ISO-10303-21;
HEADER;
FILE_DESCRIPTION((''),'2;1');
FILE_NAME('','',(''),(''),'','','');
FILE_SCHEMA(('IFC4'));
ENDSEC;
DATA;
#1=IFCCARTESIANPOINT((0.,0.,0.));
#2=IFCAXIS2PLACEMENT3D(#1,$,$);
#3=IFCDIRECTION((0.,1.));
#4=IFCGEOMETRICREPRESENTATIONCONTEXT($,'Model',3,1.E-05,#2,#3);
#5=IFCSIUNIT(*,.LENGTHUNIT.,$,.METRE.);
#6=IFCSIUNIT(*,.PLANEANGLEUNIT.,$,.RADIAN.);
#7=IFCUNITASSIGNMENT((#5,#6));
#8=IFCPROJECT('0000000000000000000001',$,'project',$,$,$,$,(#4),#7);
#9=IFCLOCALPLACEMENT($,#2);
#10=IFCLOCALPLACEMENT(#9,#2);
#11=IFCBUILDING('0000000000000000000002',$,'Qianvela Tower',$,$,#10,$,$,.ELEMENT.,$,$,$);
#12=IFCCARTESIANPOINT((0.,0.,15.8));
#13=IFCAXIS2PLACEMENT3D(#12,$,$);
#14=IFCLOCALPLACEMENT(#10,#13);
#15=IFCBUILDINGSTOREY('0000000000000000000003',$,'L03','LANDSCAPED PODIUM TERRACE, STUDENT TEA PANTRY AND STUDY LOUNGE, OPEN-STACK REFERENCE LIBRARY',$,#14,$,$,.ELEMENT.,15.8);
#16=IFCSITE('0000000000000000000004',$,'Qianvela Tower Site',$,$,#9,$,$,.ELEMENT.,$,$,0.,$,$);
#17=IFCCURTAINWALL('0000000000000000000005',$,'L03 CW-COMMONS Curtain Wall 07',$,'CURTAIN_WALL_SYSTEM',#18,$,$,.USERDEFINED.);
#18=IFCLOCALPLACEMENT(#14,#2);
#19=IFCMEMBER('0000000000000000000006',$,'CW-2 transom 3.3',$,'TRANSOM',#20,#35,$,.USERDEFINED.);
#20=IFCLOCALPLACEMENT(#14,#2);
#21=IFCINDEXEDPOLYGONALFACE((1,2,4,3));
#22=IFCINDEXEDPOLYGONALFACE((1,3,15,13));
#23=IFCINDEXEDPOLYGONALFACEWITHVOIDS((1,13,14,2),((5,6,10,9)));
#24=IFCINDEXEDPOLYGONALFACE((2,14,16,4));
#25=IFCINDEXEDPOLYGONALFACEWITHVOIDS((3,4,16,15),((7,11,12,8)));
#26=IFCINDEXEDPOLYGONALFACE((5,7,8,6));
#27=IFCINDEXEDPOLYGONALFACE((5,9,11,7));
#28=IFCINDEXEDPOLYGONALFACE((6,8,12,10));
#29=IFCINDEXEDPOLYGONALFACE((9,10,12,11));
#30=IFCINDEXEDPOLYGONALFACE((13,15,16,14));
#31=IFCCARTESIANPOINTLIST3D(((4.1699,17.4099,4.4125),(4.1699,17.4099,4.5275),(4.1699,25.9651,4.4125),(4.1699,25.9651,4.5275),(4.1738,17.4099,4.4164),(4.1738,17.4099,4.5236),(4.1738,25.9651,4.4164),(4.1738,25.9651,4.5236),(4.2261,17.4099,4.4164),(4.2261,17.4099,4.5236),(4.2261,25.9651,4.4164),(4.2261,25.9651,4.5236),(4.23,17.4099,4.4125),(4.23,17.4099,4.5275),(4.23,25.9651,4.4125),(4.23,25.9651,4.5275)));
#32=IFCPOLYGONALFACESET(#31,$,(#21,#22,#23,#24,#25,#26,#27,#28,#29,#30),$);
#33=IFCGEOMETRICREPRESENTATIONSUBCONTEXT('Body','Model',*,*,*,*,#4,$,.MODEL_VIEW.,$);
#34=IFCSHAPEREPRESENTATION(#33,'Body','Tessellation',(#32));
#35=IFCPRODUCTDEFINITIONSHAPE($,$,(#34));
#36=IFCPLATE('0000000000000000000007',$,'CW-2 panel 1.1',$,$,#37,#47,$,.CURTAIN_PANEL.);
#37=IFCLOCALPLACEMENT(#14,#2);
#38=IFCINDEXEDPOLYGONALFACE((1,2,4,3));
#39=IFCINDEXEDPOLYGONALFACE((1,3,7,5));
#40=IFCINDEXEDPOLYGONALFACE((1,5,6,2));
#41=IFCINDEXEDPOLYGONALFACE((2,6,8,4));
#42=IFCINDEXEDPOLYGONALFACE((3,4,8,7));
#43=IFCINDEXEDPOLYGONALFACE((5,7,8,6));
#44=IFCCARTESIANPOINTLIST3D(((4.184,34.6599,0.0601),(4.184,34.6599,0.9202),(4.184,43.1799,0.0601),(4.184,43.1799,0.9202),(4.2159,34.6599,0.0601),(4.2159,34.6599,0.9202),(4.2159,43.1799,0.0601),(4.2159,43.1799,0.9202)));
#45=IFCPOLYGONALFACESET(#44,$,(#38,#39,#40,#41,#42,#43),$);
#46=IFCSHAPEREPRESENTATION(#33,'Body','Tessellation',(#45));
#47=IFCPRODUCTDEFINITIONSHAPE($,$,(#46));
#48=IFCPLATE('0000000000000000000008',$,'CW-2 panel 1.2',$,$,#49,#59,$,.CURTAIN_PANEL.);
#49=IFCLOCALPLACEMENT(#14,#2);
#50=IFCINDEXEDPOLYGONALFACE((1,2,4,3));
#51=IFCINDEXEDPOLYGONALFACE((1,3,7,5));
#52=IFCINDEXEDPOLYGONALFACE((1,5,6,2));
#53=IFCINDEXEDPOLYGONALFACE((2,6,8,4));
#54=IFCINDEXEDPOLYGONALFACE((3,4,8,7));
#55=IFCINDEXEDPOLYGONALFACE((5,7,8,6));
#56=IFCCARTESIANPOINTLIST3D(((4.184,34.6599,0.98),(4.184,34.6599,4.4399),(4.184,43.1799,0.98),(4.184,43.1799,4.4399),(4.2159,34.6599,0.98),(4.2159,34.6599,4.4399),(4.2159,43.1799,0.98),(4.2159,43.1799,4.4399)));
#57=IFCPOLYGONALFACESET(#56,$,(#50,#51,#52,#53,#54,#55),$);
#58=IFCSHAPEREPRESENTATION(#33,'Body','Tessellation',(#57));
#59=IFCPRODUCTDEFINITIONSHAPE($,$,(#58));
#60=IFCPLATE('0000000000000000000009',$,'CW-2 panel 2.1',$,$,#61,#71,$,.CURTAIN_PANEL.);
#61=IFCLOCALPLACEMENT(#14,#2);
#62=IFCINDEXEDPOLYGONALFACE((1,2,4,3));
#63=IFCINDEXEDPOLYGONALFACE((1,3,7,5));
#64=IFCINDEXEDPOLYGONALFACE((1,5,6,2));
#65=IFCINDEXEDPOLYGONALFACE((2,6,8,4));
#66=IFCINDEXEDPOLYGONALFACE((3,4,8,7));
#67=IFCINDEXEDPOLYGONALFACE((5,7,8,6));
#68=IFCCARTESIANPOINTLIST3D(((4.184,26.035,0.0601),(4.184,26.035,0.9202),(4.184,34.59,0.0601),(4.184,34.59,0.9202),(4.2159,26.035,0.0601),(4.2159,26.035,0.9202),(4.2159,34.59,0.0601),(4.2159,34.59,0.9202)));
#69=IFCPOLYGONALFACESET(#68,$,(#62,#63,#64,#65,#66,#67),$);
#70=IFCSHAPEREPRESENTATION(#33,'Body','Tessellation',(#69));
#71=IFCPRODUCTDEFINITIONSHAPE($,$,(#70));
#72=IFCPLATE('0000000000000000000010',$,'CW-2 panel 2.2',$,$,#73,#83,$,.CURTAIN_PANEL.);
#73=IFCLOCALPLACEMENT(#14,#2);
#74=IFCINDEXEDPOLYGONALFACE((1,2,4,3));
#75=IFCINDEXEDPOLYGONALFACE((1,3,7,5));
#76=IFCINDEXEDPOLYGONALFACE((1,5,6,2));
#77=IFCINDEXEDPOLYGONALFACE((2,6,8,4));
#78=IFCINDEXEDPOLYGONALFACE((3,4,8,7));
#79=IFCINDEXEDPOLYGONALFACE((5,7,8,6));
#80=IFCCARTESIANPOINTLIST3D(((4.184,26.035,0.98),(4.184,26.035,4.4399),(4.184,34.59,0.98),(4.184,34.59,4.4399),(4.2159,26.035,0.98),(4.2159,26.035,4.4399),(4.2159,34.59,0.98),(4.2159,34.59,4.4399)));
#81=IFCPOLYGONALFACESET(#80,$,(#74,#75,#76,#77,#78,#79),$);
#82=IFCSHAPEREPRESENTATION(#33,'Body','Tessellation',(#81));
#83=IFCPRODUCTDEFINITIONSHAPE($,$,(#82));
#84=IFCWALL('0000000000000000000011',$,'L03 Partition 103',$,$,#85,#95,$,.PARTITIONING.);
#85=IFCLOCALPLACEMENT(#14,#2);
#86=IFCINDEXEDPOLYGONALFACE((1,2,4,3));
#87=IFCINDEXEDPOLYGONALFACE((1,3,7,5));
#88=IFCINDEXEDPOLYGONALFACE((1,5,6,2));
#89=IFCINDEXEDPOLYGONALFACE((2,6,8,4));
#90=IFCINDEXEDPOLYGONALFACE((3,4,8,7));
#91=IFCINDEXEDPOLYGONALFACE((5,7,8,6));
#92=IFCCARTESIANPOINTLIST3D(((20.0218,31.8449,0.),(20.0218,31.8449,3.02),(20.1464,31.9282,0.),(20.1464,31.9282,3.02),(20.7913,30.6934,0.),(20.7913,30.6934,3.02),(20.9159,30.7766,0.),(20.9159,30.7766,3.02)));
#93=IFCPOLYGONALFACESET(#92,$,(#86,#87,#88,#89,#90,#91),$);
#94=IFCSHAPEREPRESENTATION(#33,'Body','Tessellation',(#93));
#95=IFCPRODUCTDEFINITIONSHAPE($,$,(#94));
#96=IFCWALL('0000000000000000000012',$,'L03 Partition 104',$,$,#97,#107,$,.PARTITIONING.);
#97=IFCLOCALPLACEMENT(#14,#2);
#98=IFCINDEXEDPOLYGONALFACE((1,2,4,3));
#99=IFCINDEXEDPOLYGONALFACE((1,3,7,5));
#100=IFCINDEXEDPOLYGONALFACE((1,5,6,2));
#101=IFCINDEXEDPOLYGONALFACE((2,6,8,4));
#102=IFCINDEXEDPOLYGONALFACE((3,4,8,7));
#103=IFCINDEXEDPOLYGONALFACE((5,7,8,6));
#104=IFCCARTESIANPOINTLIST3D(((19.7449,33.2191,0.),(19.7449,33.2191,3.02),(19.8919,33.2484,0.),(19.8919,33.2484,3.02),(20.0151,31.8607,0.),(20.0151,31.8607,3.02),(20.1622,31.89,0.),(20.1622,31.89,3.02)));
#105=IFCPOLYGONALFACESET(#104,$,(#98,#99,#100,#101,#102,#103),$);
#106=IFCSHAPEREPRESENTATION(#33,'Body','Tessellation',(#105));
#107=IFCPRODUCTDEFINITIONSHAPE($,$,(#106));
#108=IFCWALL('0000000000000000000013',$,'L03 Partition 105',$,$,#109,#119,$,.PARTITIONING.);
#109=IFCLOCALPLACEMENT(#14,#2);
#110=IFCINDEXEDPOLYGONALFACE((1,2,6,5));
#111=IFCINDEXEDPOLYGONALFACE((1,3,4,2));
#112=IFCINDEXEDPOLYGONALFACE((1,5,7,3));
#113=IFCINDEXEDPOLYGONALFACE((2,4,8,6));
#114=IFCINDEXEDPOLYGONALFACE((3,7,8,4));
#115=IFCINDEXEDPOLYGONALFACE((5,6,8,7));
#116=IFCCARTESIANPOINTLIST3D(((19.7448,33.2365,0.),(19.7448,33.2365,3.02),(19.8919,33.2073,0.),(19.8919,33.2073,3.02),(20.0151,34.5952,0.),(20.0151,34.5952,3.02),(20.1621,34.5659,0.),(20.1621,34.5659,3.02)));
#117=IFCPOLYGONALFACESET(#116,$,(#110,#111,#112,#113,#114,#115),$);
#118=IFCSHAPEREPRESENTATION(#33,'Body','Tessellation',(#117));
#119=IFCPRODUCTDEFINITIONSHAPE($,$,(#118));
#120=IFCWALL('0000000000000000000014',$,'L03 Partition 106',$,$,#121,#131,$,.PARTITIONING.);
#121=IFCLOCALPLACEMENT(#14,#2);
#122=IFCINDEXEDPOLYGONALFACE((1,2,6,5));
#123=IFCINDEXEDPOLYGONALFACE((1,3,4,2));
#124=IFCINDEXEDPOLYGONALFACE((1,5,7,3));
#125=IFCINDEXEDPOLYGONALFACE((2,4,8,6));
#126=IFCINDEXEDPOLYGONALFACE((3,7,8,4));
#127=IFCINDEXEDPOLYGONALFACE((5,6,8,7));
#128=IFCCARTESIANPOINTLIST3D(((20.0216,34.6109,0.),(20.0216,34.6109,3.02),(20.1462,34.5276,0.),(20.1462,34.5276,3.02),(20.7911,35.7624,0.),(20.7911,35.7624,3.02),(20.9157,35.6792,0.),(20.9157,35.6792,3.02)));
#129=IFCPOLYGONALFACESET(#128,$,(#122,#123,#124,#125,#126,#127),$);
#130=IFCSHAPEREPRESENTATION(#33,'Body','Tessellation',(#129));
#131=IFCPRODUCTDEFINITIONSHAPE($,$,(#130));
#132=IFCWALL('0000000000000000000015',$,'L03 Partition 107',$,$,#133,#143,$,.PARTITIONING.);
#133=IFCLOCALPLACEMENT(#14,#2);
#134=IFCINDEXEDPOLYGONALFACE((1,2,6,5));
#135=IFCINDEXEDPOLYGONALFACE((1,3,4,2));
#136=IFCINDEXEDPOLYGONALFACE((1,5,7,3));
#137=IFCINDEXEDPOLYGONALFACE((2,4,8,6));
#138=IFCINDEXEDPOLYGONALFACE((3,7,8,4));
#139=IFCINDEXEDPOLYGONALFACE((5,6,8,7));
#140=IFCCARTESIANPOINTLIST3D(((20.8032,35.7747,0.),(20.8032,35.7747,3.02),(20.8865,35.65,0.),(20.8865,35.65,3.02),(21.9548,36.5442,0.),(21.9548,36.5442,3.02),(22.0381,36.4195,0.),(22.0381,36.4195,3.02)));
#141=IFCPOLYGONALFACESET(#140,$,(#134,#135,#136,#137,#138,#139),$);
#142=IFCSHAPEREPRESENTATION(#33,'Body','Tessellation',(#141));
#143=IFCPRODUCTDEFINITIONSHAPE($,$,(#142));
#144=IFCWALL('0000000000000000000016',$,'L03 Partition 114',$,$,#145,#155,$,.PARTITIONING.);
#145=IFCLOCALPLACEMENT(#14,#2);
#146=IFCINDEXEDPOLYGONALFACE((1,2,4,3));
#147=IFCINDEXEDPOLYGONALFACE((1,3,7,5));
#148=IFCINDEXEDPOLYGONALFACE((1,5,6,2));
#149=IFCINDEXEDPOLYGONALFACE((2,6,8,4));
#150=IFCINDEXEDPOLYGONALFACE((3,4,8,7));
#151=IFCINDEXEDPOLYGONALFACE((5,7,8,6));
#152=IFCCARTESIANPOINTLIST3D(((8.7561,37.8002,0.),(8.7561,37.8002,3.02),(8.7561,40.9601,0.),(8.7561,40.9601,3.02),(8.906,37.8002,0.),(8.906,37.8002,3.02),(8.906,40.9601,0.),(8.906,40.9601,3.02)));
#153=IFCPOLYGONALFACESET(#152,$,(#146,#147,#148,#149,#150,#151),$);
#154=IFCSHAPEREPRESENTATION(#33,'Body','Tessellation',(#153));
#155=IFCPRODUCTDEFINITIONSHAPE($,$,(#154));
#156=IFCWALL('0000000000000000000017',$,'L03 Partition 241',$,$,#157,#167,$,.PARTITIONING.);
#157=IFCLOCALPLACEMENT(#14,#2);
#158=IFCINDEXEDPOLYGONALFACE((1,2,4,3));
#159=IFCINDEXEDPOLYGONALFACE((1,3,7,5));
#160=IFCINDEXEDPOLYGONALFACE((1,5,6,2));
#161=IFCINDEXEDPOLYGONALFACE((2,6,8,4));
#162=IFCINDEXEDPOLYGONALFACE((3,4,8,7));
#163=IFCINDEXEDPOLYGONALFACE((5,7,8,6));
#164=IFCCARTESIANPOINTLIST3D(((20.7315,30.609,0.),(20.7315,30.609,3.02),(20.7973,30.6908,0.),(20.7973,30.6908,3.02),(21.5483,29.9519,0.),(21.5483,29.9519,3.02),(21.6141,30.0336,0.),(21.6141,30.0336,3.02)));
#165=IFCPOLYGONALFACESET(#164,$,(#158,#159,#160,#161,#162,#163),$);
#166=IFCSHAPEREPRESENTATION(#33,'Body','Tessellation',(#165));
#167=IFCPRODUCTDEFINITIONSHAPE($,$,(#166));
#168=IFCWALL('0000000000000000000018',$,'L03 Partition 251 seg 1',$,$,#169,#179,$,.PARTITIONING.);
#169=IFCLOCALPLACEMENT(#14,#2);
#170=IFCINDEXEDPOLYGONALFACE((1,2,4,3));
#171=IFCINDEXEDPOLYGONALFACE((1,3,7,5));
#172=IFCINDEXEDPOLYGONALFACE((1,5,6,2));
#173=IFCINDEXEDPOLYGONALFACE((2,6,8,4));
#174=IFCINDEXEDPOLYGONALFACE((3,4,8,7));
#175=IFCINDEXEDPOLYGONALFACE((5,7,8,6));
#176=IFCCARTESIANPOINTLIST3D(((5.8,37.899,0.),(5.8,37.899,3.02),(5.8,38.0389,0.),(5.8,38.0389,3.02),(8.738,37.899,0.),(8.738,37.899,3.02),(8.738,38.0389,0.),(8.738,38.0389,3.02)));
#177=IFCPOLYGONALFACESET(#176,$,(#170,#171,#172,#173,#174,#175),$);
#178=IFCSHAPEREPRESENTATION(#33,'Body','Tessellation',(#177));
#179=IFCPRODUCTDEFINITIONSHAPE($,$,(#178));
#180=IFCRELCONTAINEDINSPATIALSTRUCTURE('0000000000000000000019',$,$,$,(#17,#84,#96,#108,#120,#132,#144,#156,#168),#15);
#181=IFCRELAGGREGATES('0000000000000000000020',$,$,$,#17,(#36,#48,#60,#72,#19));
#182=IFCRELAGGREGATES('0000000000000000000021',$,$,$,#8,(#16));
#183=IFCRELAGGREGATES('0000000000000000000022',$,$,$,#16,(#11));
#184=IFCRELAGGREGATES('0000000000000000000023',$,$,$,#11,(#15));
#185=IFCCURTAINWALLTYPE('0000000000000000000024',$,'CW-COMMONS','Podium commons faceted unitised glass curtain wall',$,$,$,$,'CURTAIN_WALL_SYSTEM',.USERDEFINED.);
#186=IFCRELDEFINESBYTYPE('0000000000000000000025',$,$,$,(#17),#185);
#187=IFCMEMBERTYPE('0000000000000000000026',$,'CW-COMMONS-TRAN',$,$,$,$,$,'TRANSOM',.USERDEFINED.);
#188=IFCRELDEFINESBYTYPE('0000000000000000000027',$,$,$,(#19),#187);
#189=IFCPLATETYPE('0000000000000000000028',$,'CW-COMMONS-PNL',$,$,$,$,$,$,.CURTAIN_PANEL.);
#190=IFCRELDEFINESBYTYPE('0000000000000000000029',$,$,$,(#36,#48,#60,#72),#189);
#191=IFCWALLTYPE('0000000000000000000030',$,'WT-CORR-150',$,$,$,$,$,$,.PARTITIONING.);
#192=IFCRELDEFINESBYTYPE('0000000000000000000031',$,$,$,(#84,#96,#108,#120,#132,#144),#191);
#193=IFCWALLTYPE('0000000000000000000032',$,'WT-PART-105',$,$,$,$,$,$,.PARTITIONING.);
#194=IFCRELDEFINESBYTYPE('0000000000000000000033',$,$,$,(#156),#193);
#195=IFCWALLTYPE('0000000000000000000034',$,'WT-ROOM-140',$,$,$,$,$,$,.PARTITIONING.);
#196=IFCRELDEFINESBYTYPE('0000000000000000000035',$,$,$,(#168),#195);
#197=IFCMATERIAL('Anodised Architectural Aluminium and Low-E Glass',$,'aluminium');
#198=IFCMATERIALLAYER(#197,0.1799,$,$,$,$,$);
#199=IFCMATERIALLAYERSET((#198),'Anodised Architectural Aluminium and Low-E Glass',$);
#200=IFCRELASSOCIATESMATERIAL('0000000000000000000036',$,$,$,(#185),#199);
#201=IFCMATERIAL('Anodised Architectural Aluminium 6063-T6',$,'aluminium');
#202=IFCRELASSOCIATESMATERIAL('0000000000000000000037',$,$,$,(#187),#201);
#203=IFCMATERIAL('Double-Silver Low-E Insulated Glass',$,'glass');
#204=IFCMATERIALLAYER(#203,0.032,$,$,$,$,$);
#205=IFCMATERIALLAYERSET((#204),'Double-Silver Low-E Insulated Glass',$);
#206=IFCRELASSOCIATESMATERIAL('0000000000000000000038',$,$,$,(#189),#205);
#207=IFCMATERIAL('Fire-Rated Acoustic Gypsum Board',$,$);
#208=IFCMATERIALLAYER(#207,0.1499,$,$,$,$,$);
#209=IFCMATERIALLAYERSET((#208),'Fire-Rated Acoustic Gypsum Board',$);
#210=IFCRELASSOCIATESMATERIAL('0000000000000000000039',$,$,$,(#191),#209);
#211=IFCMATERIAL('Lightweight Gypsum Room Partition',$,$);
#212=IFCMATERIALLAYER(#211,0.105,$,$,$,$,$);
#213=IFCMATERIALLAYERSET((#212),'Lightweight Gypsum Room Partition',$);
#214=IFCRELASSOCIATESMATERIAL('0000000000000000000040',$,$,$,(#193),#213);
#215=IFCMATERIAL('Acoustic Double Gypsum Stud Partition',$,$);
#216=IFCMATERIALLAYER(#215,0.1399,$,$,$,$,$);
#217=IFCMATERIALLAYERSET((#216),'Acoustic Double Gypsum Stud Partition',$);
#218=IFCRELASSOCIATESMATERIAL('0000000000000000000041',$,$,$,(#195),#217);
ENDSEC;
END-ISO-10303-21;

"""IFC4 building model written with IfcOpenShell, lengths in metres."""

from ifc_helpers import new_model, si_unit, direction, frame, frame_2d, origin, origin_2d, place, context, subcontext, project, spatial, rectangle, hollow_rectangle, extrude, material, layer, layer_set, material_profile, profile_set, type_object, element, aggregate, save


model = new_model("IFC4")

# Units and contexts
model_context = context("Model", 3, precision=1e-05, world=origin(), true_north=direction((0.0, 1.0)))
body_context = subcontext(model_context, "Body", "Model", "MODEL_VIEW")
ifc_project = project(units=[si_unit("LENGTHUNIT", "METRE"), si_unit("PLANEANGLEUNIT", "RADIAN")], contexts=[model_context])

# Site, building, storey
site_placement = place(None, origin())
site = spatial("IfcSite", under=ifc_project, at=site_placement, Name="Qianvela Tower Site", CompositionType="ELEMENT", RefElevation=0.0)
building_placement = place(site_placement, origin())
building = spatial("IfcBuilding", under=site, at=building_placement, Name="Qianvela Tower", CompositionType="ELEMENT")
storey_placement = place(building_placement, frame((0.0, 0.0, 15.8)))
storey = spatial("IfcBuildingStorey", under=building, at=storey_placement, Name="L03", Description="LANDSCAPED PODIUM TERRACE, STUDENT TEA PANTRY AND STUDY LOUNGE, OPEN-STACK REFERENCE LIBRARY", CompositionType="ELEMENT", Elevation=15.8)

# Curtain wall, member, plates
ifc_material_1 = material(Name="Anodised Architectural Aluminium and Low-E Glass", Category="aluminium")
ifc_layer_1 = layer(ifc_material_1, 0.1799)
ifc_layer_set_1 = layer_set([ifc_layer_1], Name="Anodised Architectural Aluminium and Low-E Glass")
curtain_wall_type = type_object("IfcCurtainWallType", Name="CW-COMMONS", Description="Podium commons faceted unitised glass curtain wall", ElementType="CURTAIN_WALL_SYSTEM", PredefinedType="USERDEFINED", material=ifc_layer_set_1)
curtain_wall_placement = place(storey_placement, origin())
curtain_wall = element("IfcCurtainWall", 1, at=curtain_wall_placement, inside=storey, type_object=curtain_wall_type, Name="L03 CW-COMMONS Curtain Wall 07", ObjectType="CURTAIN_WALL_SYSTEM", PredefinedType="USERDEFINED")
ifc_material_2 = material(Name="Anodised Architectural Aluminium 6063-T6", Category="aluminium")
ifc_material_profile_1 = material_profile(ifc_material_2, hollow_rectangle(XDim=0.0601, YDim=0.115, WallThickness=0.0039, at=origin_2d()), Name="ALU-TRAN-60x115")
ifc_profile_set_1 = profile_set([ifc_material_profile_1], Name="Anodised Architectural Aluminium 6063-T6")
member_type_1 = type_object("IfcMemberType", Name="CW-COMMONS-TRAN", ElementType="TRANSOM", PredefinedType="USERDEFINED", material=ifc_profile_set_1)
member_1_placement = place(storey_placement, frame((4.2, 25.9651, 4.47), z_axis=(0.0, -1.0, 0.0), x_axis=(1.0, 0.0, 0.0)))
member_1 = element("IfcMember", 2, at=member_1_placement, type_object=member_type_1, Name="CW-2 transom 3.3", ObjectType="TRANSOM", PredefinedType="USERDEFINED", context=body_context, shape_type="SweptSolid", body=[
    extrude(hollow_rectangle(XDim=0.0601, YDim=0.115, WallThickness=0.0039, at=origin_2d()), origin(), (0.0, 0.0, 1.0), 8.5552),
])
ifc_material_3 = material(Name="Double-Silver Low-E Insulated Glass", Category="glass")
ifc_layer_2 = layer(ifc_material_3, 0.032)
ifc_layer_set_2 = layer_set([ifc_layer_2], Name="Double-Silver Low-E Insulated Glass")
plate_type = type_object("IfcPlateType", Name="CW-COMMONS-PNL", PredefinedType="CURTAIN_PANEL", material=ifc_layer_set_2)
plate_1_placement = place(storey_placement, frame((4.2, 38.9199, 0.0601), z_axis=(0.0, 0.0, 1.0), x_axis=(0.0, -1.0, 0.0)))
plate_1 = element("IfcPlate", 3, at=plate_1_placement, type_object=plate_type, Name="CW-2 panel 1.1", PredefinedType="CURTAIN_PANEL", context=body_context, shape_type="SweptSolid", body=[
    extrude(rectangle(XDim=8.52, YDim=0.032, at=origin_2d()), origin(), (0.0, 0.0, 1.0), 0.8601),
])
plate_2_placement = place(storey_placement, frame((4.2, 38.9199, 0.98), z_axis=(0.0, 0.0, 1.0), x_axis=(0.0, -1.0, 0.0)))
plate_2 = element("IfcPlate", 4, at=plate_2_placement, type_object=plate_type, Name="CW-2 panel 1.2", PredefinedType="CURTAIN_PANEL", context=body_context, shape_type="SweptSolid", body=[
    extrude(rectangle(XDim=8.52, YDim=0.032, at=origin_2d()), origin(), (0.0, 0.0, 1.0), 3.46),
])
plate_3_placement = place(storey_placement, frame((4.2, 30.3125, 0.0601), z_axis=(0.0, 0.0, 1.0), x_axis=(0.0, -1.0, 0.0)))
plate_3 = element("IfcPlate", 5, at=plate_3_placement, type_object=plate_type, Name="CW-2 panel 2.1", PredefinedType="CURTAIN_PANEL", context=body_context, shape_type="SweptSolid", body=[
    extrude(rectangle(XDim=8.5549, YDim=0.032, at=origin_2d()), origin(), (0.0, 0.0, 1.0), 0.8601),
])
plate_4_placement = place(storey_placement, frame((4.2, 30.3125, 0.98), z_axis=(0.0, 0.0, 1.0), x_axis=(0.0, -1.0, 0.0)))
plate_4 = element("IfcPlate", 6, at=plate_4_placement, type_object=plate_type, Name="CW-2 panel 2.2", PredefinedType="CURTAIN_PANEL", context=body_context, shape_type="SweptSolid", body=[
    extrude(rectangle(XDim=8.5549, YDim=0.032, at=origin_2d()), origin(), (0.0, 0.0, 1.0), 3.46),
])
aggregate(curtain_wall, [plate_1, plate_2, plate_3, plate_4, member_1])

# Walls
ifc_material_4 = material(Name="Fire-Rated Acoustic Gypsum Board")
ifc_layer_3 = layer(ifc_material_4, 0.1499)
ifc_layer_set_3 = layer_set([ifc_layer_3], Name="Fire-Rated Acoustic Gypsum Board")
wall_type_1 = type_object("IfcWallType", Name="WT-CORR-150", PredefinedType="PARTITIONING", material=ifc_layer_set_3)
for number, where, z_axis, x_axis, name in (
    (7, (20.8535, 30.7351, 0.0), (0.0, 0.0, 1.0), (-0.555595, 0.831453, 0.0), "L03 Partition 103"),
    (8, (20.0886, 31.8755, 0.0), (0.0, 0.0, 1.0), (-0.195133, 0.980777, 0.0), "L03 Partition 104"),
):
    element("IfcWall", number, at=place(storey_placement, frame(where, z_axis=z_axis, x_axis=x_axis)), inside=storey, type_object=wall_type_1, Name=name, PredefinedType="PARTITIONING", context=body_context, shape_type="SweptSolid", body=[
        extrude(rectangle(XDim=1.385, YDim=0.1499, at=frame_2d((0.6924, 0.0))), origin(), (0.0, 0.0, 1.0), 3.02),
    ])
wall_1_placement = place(storey_placement, frame((19.8184, 33.2219, 0.0), z_axis=(0.0, 0.0, 1.0), x_axis=(0.195099, 0.980784, 0.0)))
element("IfcWall", 9, at=wall_1_placement, inside=storey, type_object=wall_type_1, Name="L03 Partition 105", PredefinedType="PARTITIONING", context=body_context, shape_type="SweptSolid", body=[
    extrude(rectangle(XDim=1.3853, YDim=0.1499, at=frame_2d((0.6926, 0.0))), origin(), (0.0, 0.0, 1.0), 3.02),
])
for number, where, z_axis, x_axis, name in (
    (10, (20.084, 34.5693, 0.0), (0.0, 0.0, 1.0), (0.555595, 0.831453, 0.0), "L03 Partition 106"),
    (11, (20.845, 35.7124, 0.0), (0.0, 0.0, 1.0), (0.831453, 0.555595, 0.0), "L03 Partition 107"),
):
    element("IfcWall", number, at=place(storey_placement, frame(where, z_axis=z_axis, x_axis=x_axis)), inside=storey, type_object=wall_type_1, Name=name, PredefinedType="PARTITIONING", context=body_context, shape_type="SweptSolid", body=[
        extrude(rectangle(XDim=1.385, YDim=0.1499, at=frame_2d((0.6924, 0.0))), origin(), (0.0, 0.0, 1.0), 3.02),
    ])
wall_2_placement = place(storey_placement, frame((8.8311, 37.8, 0.0), z_axis=(0.0, 0.0, 1.0), x_axis=(0.0, 1.0, 0.0)))
element("IfcWall", 12, at=wall_2_placement, inside=storey, type_object=wall_type_1, Name="L03 Partition 114", PredefinedType="PARTITIONING", context=body_context, shape_type="SweptSolid", body=[
    extrude(rectangle(XDim=3.1599, YDim=0.1499, at=frame_2d((1.5801, 0.0))), origin(), (0.0, 0.0, 1.0), 3.02),
])
ifc_material_5 = material(Name="Lightweight Gypsum Room Partition")
ifc_layer_4 = layer(ifc_material_5, 0.105)
ifc_layer_set_4 = layer_set([ifc_layer_4], Name="Lightweight Gypsum Room Partition")
wall_type_2 = type_object("IfcWallType", Name="WT-PART-105", PredefinedType="PARTITIONING", material=ifc_layer_set_4)
wall_3_placement = place(storey_placement, frame((20.7644, 30.6499, 0.0), z_axis=(0.0, 0.0, 1.0), x_axis=(0.779139, -0.626851, 0.0)))
element("IfcWall", 13, at=wall_3_placement, inside=storey, type_object=wall_type_2, Name="L03 Partition 241", PredefinedType="PARTITIONING", context=body_context, shape_type="SweptSolid", body=[
    extrude(rectangle(XDim=1.0483, YDim=0.105, at=frame_2d((0.5242, 0.0))), origin(), (0.0, 0.0, 1.0), 3.02),
])
ifc_material_6 = material(Name="Acoustic Double Gypsum Stud Partition")
ifc_layer_5 = layer(ifc_material_6, 0.1399)
ifc_layer_set_5 = layer_set([ifc_layer_5], Name="Acoustic Double Gypsum Stud Partition")
wall_type_3 = type_object("IfcWallType", Name="WT-ROOM-140", PredefinedType="PARTITIONING", material=ifc_layer_set_5)
wall_4_placement = place(storey_placement, frame((5.8, 37.969, 0.0), z_axis=(0.0, 0.0, 1.0), x_axis=(1.0, 0.0, 0.0)))
element("IfcWall", 14, at=wall_4_placement, inside=storey, type_object=wall_type_3, Name="L03 Partition 251 seg 1", PredefinedType="PARTITIONING", context=body_context, shape_type="SweptSolid", body=[
    extrude(rectangle(XDim=2.938, YDim=0.1399, at=frame_2d((1.469, 0.0))), origin(), (0.0, 0.0, 1.0), 3.02),
])

save(model, "model.ifc")
